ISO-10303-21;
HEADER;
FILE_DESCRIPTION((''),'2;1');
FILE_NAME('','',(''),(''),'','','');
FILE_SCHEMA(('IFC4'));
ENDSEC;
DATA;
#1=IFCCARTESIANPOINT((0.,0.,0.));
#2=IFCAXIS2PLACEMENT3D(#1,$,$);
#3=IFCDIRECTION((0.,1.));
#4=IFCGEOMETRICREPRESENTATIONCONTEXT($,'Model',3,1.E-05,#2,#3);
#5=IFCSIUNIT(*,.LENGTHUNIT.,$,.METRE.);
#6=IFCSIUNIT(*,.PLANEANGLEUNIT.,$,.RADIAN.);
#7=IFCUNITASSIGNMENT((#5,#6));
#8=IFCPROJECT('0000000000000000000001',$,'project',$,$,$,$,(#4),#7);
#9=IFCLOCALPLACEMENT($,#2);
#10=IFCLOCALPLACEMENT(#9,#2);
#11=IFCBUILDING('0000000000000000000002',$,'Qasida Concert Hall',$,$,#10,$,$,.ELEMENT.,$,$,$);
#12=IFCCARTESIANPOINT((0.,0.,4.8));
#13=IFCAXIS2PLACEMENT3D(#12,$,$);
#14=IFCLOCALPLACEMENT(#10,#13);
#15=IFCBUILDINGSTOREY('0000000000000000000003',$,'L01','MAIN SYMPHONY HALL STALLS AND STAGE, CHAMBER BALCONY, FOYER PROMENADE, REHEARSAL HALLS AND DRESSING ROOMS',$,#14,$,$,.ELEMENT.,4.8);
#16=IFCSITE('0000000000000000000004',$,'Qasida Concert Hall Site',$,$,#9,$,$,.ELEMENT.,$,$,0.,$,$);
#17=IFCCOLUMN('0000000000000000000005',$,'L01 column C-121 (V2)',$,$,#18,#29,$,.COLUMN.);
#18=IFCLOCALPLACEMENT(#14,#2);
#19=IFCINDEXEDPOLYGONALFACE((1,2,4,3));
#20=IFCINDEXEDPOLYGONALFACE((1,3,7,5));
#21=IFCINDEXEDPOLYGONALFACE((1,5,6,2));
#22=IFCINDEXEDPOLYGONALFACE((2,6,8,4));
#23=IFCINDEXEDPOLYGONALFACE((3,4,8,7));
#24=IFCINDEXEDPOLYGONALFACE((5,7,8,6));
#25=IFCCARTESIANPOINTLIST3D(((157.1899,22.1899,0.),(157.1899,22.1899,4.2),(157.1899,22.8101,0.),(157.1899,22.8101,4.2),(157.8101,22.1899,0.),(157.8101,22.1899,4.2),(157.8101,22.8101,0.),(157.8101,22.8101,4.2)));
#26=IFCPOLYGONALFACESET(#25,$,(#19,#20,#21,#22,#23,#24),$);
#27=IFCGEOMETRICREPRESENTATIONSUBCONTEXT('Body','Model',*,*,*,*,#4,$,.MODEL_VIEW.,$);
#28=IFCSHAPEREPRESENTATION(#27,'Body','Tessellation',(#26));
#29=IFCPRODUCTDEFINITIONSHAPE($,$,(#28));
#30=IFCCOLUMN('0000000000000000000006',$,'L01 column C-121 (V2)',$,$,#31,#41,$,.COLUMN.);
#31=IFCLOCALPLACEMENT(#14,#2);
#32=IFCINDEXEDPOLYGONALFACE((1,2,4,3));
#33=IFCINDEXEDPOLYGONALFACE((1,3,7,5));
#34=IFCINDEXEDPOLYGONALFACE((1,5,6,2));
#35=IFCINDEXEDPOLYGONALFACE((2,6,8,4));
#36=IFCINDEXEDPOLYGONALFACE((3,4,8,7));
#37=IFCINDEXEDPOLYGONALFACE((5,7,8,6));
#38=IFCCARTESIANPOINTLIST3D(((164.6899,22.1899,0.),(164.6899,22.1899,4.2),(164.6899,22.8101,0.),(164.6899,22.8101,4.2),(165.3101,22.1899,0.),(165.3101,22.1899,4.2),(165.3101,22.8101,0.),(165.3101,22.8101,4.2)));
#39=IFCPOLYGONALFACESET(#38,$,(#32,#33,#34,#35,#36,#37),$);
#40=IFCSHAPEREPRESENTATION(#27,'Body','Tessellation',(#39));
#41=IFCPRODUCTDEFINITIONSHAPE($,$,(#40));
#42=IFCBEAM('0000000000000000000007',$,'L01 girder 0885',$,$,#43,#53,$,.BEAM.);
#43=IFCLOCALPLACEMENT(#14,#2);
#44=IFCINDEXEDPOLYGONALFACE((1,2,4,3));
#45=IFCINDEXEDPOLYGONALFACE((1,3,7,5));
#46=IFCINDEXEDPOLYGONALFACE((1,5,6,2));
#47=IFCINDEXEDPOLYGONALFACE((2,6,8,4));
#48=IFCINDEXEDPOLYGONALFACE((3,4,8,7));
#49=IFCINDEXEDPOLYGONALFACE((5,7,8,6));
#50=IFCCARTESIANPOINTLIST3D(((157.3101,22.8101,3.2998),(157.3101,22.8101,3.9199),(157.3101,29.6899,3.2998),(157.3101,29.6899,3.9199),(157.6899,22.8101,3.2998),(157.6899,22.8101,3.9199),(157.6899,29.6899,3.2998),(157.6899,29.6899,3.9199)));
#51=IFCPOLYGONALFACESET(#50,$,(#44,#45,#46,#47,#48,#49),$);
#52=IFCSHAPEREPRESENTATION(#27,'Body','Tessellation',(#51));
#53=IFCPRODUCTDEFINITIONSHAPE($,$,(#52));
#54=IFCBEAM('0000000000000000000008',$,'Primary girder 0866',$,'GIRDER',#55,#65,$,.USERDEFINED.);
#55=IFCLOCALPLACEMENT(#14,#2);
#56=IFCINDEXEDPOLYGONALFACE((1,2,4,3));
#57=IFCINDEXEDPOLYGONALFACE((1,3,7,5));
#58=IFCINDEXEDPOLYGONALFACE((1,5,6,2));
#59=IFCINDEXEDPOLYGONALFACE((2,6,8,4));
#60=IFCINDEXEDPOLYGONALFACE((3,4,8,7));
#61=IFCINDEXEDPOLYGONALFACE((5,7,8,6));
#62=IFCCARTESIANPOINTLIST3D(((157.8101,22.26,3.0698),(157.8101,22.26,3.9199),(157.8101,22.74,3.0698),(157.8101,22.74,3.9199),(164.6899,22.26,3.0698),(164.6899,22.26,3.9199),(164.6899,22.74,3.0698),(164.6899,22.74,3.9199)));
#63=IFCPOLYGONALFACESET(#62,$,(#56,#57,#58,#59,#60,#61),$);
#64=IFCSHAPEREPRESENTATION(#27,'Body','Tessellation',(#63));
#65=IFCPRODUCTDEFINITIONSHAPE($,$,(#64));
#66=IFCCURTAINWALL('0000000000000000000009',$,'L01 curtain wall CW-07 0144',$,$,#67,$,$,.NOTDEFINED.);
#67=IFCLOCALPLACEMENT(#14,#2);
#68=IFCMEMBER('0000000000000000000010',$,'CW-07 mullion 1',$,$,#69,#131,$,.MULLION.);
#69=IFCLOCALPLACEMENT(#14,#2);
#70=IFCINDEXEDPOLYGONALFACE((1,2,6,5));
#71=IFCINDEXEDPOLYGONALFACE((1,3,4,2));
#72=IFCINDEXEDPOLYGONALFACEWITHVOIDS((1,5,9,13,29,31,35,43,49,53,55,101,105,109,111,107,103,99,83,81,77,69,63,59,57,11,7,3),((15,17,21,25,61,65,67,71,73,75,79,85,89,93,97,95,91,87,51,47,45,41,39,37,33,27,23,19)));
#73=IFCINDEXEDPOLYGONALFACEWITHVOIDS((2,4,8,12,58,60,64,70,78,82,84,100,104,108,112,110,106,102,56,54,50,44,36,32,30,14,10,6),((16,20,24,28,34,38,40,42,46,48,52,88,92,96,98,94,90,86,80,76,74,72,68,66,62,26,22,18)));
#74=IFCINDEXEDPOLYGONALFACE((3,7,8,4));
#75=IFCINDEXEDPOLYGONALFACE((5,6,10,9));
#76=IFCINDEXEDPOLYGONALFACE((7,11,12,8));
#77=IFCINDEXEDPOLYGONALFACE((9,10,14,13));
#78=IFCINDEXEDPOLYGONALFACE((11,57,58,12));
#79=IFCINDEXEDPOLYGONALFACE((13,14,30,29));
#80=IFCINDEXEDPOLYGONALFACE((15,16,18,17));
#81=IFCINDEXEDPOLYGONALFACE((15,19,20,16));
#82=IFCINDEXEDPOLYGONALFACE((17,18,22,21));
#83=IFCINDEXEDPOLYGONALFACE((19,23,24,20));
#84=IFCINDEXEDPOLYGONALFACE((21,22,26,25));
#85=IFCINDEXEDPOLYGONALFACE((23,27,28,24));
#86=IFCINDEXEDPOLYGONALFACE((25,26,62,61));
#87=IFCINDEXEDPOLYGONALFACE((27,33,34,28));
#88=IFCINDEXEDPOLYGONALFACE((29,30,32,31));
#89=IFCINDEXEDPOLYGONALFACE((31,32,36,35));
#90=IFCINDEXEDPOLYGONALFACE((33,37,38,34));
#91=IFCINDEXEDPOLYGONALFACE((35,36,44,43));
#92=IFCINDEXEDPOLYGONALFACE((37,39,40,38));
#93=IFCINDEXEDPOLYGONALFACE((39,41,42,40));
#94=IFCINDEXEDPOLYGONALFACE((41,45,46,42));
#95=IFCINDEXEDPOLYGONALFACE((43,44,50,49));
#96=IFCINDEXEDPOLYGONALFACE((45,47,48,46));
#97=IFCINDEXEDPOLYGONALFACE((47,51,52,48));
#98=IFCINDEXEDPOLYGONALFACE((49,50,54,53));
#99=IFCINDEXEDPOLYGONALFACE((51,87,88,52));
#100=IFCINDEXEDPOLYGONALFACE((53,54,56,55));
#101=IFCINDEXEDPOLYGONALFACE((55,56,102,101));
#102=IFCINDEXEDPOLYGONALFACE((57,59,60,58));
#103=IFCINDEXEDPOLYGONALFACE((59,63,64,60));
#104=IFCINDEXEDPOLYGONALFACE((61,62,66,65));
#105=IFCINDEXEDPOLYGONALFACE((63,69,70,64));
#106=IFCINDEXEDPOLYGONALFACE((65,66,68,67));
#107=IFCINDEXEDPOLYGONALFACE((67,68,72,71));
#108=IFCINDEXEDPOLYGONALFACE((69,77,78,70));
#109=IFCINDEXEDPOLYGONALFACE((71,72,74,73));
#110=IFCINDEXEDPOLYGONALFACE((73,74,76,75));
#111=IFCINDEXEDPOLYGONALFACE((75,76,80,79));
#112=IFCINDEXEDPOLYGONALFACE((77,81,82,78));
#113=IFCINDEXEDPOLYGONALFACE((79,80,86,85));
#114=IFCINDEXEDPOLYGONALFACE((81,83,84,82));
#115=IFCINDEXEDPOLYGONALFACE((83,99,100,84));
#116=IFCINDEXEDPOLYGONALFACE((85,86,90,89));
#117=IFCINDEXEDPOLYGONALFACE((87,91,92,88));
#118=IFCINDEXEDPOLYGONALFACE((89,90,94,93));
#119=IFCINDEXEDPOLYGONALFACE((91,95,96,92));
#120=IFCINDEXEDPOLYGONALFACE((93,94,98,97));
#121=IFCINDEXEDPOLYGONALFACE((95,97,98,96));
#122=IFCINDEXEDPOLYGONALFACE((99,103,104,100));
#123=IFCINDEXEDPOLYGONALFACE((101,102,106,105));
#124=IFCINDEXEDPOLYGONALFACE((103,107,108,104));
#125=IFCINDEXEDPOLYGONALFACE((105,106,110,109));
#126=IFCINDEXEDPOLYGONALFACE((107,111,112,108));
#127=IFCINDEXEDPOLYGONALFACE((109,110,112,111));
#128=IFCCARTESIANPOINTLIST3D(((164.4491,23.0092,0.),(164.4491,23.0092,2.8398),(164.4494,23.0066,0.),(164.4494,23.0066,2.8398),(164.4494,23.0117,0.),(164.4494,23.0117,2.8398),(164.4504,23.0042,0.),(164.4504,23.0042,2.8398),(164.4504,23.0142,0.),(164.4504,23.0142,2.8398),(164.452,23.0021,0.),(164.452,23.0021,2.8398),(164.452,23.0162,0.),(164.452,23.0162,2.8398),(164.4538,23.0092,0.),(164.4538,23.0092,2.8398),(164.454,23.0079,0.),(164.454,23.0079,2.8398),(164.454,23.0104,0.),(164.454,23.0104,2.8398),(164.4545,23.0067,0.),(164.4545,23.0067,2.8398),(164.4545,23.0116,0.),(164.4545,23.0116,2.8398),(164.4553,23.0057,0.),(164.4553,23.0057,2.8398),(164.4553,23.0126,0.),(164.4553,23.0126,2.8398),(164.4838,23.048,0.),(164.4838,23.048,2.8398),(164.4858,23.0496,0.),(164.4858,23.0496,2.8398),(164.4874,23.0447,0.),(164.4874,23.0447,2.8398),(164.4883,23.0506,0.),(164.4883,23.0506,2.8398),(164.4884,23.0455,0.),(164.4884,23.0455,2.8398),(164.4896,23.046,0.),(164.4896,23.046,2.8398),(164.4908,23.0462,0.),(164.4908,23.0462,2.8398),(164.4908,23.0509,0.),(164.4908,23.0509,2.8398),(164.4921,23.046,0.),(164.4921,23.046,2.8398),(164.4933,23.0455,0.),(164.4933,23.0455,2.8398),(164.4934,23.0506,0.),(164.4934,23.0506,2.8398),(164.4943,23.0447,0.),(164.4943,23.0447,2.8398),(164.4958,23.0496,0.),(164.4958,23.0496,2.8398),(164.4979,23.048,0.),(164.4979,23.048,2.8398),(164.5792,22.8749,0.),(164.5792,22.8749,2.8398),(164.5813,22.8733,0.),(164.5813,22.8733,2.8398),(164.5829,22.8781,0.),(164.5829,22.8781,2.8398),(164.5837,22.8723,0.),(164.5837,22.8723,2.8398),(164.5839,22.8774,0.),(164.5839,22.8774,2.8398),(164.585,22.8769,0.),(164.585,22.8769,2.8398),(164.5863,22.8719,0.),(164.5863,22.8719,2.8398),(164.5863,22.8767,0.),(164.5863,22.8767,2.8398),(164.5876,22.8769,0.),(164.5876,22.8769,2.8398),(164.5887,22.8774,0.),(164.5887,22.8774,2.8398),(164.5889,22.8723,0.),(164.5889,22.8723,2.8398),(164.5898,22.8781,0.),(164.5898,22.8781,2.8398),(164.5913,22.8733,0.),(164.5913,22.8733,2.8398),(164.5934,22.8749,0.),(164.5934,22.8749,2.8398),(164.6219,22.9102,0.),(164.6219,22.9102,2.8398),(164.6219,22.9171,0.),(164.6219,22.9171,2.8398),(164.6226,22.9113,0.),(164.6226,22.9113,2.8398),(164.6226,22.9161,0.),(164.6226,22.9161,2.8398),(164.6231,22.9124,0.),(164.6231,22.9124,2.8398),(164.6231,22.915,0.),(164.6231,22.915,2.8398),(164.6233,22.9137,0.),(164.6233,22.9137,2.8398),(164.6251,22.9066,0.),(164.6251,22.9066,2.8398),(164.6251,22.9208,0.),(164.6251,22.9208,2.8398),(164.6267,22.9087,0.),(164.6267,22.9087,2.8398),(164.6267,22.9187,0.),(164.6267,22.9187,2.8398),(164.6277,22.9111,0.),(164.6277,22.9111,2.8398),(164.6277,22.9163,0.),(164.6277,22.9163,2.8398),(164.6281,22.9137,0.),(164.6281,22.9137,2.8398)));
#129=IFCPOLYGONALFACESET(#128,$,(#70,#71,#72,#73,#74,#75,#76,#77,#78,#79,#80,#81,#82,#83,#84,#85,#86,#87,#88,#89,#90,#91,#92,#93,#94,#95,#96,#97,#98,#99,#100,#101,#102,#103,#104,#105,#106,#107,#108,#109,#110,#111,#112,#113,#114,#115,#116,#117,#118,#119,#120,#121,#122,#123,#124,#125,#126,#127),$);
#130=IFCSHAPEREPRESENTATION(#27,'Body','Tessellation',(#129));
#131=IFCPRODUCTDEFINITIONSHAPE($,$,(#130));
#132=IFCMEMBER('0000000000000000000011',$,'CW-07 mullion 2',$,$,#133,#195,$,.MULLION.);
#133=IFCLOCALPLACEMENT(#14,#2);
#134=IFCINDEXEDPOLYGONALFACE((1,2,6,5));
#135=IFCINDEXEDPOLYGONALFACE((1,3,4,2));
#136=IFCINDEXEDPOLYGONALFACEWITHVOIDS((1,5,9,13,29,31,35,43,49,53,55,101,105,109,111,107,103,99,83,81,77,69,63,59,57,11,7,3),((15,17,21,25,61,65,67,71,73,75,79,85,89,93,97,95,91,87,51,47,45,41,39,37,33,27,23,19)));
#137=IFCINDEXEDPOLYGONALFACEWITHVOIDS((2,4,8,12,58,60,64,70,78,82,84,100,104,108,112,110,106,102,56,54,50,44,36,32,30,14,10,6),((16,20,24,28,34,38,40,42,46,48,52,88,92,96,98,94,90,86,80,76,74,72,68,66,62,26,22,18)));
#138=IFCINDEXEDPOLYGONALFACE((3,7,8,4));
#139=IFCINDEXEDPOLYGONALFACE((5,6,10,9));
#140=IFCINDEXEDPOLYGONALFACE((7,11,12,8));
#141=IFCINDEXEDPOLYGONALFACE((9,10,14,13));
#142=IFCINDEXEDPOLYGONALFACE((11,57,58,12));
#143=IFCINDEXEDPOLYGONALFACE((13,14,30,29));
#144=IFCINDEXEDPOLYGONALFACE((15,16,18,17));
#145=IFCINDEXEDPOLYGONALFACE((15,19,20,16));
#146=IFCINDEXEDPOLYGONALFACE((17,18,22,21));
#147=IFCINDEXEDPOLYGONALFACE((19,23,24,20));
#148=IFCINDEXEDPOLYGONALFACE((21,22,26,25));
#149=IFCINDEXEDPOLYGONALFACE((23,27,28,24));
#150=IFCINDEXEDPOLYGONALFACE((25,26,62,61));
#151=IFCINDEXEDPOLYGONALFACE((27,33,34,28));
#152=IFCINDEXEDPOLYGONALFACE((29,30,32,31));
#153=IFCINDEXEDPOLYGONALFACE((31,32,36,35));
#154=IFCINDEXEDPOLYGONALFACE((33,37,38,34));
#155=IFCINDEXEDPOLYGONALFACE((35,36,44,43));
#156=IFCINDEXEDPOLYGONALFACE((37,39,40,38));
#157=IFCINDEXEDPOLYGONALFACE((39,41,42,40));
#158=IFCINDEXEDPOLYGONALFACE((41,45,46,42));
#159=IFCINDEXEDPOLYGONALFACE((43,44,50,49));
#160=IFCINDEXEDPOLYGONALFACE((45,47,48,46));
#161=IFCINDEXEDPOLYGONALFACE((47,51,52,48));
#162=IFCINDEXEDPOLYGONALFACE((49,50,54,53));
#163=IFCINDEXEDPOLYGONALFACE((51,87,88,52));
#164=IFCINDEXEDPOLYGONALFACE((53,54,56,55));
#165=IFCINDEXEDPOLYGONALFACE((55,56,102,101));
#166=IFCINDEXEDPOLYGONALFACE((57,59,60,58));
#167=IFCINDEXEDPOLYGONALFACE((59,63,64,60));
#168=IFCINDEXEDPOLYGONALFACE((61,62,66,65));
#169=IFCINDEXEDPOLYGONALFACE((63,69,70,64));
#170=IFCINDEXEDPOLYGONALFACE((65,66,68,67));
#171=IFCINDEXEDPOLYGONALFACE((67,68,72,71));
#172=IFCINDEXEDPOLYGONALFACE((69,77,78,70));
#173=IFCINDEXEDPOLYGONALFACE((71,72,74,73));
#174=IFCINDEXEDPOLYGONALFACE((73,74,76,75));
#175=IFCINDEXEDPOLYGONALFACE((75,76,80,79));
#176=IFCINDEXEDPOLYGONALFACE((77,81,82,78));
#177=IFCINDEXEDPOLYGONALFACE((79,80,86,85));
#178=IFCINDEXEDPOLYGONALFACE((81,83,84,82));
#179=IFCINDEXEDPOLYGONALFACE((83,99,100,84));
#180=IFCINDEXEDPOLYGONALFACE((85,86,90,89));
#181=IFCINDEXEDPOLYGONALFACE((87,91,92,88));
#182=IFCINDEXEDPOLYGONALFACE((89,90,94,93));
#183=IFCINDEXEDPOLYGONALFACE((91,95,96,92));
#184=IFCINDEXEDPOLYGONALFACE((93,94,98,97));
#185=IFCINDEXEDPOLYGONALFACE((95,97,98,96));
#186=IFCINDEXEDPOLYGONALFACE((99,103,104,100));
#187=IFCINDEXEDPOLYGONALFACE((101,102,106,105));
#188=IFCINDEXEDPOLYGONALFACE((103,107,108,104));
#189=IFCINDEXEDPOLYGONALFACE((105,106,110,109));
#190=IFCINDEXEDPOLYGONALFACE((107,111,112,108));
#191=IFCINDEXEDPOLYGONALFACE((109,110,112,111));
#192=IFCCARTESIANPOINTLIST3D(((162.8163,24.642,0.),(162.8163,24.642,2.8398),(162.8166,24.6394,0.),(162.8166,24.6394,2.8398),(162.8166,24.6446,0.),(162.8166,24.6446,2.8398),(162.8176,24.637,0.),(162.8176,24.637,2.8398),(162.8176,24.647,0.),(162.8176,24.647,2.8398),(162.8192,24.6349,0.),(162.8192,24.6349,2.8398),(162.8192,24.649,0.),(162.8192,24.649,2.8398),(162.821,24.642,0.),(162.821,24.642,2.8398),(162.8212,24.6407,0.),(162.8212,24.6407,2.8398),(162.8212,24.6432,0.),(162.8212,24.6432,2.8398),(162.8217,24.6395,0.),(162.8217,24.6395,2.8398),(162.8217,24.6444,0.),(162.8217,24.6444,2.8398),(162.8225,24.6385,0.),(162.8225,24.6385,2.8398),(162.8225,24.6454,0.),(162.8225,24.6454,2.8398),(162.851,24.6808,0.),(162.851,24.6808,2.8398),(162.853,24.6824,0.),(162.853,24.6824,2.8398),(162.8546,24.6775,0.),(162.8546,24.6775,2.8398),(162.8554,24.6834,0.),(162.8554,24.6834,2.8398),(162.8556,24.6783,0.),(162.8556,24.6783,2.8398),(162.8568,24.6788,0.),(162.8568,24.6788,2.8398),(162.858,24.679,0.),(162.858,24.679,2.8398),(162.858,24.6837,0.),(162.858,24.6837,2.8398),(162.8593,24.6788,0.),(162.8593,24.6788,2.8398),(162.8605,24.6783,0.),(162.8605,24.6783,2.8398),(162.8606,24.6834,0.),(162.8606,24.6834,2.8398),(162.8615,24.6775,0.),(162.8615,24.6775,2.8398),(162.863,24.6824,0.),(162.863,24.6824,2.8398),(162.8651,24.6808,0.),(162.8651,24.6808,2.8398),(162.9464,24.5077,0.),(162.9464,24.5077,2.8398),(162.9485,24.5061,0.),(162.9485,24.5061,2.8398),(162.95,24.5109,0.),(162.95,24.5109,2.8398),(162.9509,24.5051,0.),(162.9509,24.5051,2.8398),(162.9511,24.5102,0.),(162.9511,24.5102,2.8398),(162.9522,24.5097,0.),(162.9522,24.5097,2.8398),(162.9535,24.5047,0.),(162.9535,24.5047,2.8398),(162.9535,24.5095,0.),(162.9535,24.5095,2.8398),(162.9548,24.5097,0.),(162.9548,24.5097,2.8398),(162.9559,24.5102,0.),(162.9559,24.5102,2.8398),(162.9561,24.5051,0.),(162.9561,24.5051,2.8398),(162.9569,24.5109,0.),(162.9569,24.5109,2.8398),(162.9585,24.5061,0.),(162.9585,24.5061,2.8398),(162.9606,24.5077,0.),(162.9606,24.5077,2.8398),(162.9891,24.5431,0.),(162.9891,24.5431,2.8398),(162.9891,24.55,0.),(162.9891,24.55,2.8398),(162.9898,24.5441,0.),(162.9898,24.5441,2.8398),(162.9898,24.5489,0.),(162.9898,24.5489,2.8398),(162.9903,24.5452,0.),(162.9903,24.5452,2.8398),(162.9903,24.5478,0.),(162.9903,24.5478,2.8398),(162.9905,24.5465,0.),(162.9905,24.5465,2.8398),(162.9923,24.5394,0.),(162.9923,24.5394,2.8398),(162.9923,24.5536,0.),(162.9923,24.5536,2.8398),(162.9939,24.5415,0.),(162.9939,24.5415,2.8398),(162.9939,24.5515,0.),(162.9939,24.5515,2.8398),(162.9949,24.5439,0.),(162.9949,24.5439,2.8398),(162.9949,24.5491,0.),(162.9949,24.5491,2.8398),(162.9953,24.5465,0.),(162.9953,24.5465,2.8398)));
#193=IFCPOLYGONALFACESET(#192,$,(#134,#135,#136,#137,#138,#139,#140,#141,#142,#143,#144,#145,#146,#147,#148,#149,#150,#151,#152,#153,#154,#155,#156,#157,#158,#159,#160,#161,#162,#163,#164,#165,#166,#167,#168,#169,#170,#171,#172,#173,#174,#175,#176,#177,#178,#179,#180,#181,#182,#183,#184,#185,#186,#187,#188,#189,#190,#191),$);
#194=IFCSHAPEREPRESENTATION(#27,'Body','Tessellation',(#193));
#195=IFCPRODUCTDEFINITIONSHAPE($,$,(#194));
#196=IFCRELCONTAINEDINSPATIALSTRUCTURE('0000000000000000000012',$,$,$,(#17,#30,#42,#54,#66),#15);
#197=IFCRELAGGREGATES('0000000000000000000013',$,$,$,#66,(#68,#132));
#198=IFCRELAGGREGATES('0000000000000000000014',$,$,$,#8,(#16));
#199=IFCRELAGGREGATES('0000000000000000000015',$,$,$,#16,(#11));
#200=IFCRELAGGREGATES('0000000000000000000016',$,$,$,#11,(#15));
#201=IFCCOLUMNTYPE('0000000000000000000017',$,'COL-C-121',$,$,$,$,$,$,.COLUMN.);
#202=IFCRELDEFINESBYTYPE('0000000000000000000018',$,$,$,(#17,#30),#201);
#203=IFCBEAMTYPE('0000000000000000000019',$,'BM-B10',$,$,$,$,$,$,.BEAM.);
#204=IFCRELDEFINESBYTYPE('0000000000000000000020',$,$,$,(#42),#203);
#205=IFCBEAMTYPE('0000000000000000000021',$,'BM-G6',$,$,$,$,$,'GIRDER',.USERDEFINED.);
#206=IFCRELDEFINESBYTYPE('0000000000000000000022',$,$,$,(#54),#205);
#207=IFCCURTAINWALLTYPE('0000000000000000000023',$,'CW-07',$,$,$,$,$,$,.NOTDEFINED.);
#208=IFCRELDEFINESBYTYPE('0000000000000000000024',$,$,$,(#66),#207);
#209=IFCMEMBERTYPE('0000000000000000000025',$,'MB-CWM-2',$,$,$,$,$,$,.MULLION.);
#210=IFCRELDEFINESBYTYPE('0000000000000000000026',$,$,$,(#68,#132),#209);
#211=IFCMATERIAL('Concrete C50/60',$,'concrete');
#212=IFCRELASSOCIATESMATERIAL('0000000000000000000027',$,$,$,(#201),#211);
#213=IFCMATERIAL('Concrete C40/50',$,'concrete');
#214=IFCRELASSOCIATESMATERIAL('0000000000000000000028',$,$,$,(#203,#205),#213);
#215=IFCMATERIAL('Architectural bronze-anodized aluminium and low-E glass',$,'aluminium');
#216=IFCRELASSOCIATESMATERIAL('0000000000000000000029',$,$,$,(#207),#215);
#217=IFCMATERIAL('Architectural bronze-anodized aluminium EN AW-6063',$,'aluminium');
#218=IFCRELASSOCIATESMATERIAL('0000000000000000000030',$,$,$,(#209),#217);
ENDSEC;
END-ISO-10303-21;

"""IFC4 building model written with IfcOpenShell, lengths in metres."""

from ifc_helpers import new_model, si_unit, direction, frame, origin, origin_2d, place, context, subcontext, project, spatial, rectangle, hollow_rectangle, extrude, material, material_profile, profile_set, type_object, element, aggregate, save


model = new_model("IFC4")

# Units and contexts
model_context = context("Model", 3, precision=1e-05, world=origin(), true_north=direction((0.0, 1.0)))
body_context = subcontext(model_context, "Body", "Model", "MODEL_VIEW")
ifc_project = project(units=[si_unit("LENGTHUNIT", "METRE"), si_unit("PLANEANGLEUNIT", "RADIAN")], contexts=[model_context])

# Site, building, storey
site_placement = place(None, origin())
site = spatial("IfcSite", under=ifc_project, at=site_placement, Name="Qasida Concert Hall Site", CompositionType="ELEMENT", RefElevation=0.0)
building_placement = place(site_placement, origin())
building = spatial("IfcBuilding", under=site, at=building_placement, Name="Qasida Concert Hall", CompositionType="ELEMENT")
storey_placement = place(building_placement, frame((0.0, 0.0, 4.8)))
storey = spatial("IfcBuildingStorey", under=building, at=storey_placement, Name="L01", Description="MAIN SYMPHONY HALL STALLS AND STAGE, CHAMBER BALCONY, FOYER PROMENADE, REHEARSAL HALLS AND DRESSING ROOMS", CompositionType="ELEMENT", Elevation=4.8)

# Columns
ifc_material_1 = material(Name="Concrete C50/60", Category="concrete")
ifc_material_profile_1 = material_profile(ifc_material_1, rectangle(XDim=0.6201, YDim=0.6201, at=origin_2d()), Name="RC 620x620")
ifc_profile_set_1 = profile_set([ifc_material_profile_1], Name="Concrete C50/60")
column_type = type_object("IfcColumnType", Name="COL-C-121", PredefinedType="COLUMN", material=ifc_profile_set_1)
for number, where, z_axis, x_axis, name in (
    (1, (157.5, 22.5, 0.0), (0.0, 0.0, 1.0), (1.0, 0.0, 0.0), "L01 column C-121 (V2)"),
    (2, (165.0, 22.5, 0.0), (0.0, 0.0, 1.0), (1.0, 0.0, 0.0), "L01 column C-121 (V2)"),
):
    element("IfcColumn", number, at=place(storey_placement, frame(where, z_axis=z_axis, x_axis=x_axis)), inside=storey, type_object=column_type, Name=name, PredefinedType="COLUMN", context=body_context, shape_type="SweptSolid", body=[
        extrude(rectangle(XDim=0.6201, YDim=0.6201, at=origin_2d()), origin(), (0.0, 0.0, 1.0), 4.2),
    ])

# Beams
ifc_material_2 = material(Name="Concrete C40/50", Category="concrete")
ifc_material_profile_2 = material_profile(ifc_material_2, rectangle(XDim=0.3799, YDim=0.6201, at=origin_2d()), Name="RC 380x620")
ifc_profile_set_2 = profile_set([ifc_material_profile_2], Name="Concrete C40/50")
beam_type_1 = type_object("IfcBeamType", Name="BM-B10", PredefinedType="BEAM", material=ifc_profile_set_2)
beam_1_placement = place(storey_placement, frame((157.5, 22.8101, 3.6099), z_axis=(0.0, 1.0, 0.0), x_axis=(-1.0, 0.0, 0.0)))
element("IfcBeam", 3, at=beam_1_placement, inside=storey, type_object=beam_type_1, Name="L01 girder 0885", PredefinedType="BEAM", context=body_context, shape_type="SweptSolid", body=[
    extrude(rectangle(XDim=0.3799, YDim=0.6201, at=origin_2d()), origin(), (0.0, 0.0, 1.0), 6.8799),
])
ifc_material_profile_3 = material_profile(ifc_material_2, rectangle(XDim=0.48, YDim=0.8501, at=origin_2d()), Name="RC 480x850")
ifc_profile_set_3 = profile_set([ifc_material_profile_3], Name="Concrete C40/50")
beam_type_2 = type_object("IfcBeamType", Name="BM-G6", ElementType="GIRDER", PredefinedType="USERDEFINED", material=ifc_profile_set_3)
beam_2_placement = place(storey_placement, frame((157.8101, 22.5, 3.4949), z_axis=(1.0, 0.0, 0.0), x_axis=(0.0, 1.0, 0.0)))
element("IfcBeam", 4, at=beam_2_placement, inside=storey, type_object=beam_type_2, Name="Primary girder 0866", ObjectType="GIRDER", PredefinedType="USERDEFINED", context=body_context, shape_type="SweptSolid", body=[
    extrude(rectangle(XDim=0.48, YDim=0.8501, at=origin_2d()), origin(), (0.0, 0.0, 1.0), 6.8799),
])

# Curtain wall, members
ifc_material_3 = material(Name="Architectural bronze-anodized aluminium and low-E glass", Category="aluminium")
curtain_wall_type = type_object("IfcCurtainWallType", Name="CW-07", PredefinedType="NOTDEFINED", material=ifc_material_3)
curtain_wall_placement = place(storey_placement, origin())
curtain_wall = element("IfcCurtainWall", 5, at=curtain_wall_placement, inside=storey, type_object=curtain_wall_type, Name="L01 curtain wall CW-07 0144", PredefinedType="NOTDEFINED")
ifc_material_4 = material(Name="Architectural bronze-anodized aluminium EN AW-6063", Category="aluminium")
ifc_material_profile_4 = material_profile(ifc_material_4, hollow_rectangle(XDim=0.0649, YDim=0.2, WallThickness=0.0049, InnerFilletRadius=0.0049, OuterFilletRadius=0.01, at=origin_2d()), Name="CWM 200x65x5")
ifc_profile_set_4 = profile_set([ifc_material_profile_4], Name="Architectural bronze-anodized aluminium EN AW-6063")
member_type_1 = type_object("IfcMemberType", Name="MB-CWM-2", PredefinedType="MULLION", material=ifc_profile_set_4)
member_1_placement = place(storey_placement, frame((164.5386, 22.9614, 0.0), z_axis=(0.0, 0.0, 1.0), x_axis=(-0.707107, -0.707107, 0.0)))
member_1 = element("IfcMember", 6, at=member_1_placement, type_object=member_type_1, Name="CW-07 mullion 1", PredefinedType="MULLION", context=body_context, shape_type="SweptSolid", body=[
    extrude(hollow_rectangle(XDim=0.0649, YDim=0.2, WallThickness=0.0049, InnerFilletRadius=0.0049, OuterFilletRadius=0.01, at=origin_2d()), origin(), (0.0, 0.0, 1.0), 2.8398),
])
member_2_placement = place(storey_placement, frame((162.9058, 24.5942, 0.0), z_axis=(0.0, 0.0, 1.0), x_axis=(-0.707107, -0.707107, 0.0)))
member_2 = element("IfcMember", 7, at=member_2_placement, type_object=member_type_1, Name="CW-07 mullion 2", PredefinedType="MULLION", context=body_context, shape_type="SweptSolid", body=[
    extrude(hollow_rectangle(XDim=0.0649, YDim=0.2, WallThickness=0.0049, InnerFilletRadius=0.0049, OuterFilletRadius=0.01, at=origin_2d()), origin(), (0.0, 0.0, 1.0), 2.8398),
])
aggregate(curtain_wall, [member_1, member_2])

save(model, "model.ifc")
